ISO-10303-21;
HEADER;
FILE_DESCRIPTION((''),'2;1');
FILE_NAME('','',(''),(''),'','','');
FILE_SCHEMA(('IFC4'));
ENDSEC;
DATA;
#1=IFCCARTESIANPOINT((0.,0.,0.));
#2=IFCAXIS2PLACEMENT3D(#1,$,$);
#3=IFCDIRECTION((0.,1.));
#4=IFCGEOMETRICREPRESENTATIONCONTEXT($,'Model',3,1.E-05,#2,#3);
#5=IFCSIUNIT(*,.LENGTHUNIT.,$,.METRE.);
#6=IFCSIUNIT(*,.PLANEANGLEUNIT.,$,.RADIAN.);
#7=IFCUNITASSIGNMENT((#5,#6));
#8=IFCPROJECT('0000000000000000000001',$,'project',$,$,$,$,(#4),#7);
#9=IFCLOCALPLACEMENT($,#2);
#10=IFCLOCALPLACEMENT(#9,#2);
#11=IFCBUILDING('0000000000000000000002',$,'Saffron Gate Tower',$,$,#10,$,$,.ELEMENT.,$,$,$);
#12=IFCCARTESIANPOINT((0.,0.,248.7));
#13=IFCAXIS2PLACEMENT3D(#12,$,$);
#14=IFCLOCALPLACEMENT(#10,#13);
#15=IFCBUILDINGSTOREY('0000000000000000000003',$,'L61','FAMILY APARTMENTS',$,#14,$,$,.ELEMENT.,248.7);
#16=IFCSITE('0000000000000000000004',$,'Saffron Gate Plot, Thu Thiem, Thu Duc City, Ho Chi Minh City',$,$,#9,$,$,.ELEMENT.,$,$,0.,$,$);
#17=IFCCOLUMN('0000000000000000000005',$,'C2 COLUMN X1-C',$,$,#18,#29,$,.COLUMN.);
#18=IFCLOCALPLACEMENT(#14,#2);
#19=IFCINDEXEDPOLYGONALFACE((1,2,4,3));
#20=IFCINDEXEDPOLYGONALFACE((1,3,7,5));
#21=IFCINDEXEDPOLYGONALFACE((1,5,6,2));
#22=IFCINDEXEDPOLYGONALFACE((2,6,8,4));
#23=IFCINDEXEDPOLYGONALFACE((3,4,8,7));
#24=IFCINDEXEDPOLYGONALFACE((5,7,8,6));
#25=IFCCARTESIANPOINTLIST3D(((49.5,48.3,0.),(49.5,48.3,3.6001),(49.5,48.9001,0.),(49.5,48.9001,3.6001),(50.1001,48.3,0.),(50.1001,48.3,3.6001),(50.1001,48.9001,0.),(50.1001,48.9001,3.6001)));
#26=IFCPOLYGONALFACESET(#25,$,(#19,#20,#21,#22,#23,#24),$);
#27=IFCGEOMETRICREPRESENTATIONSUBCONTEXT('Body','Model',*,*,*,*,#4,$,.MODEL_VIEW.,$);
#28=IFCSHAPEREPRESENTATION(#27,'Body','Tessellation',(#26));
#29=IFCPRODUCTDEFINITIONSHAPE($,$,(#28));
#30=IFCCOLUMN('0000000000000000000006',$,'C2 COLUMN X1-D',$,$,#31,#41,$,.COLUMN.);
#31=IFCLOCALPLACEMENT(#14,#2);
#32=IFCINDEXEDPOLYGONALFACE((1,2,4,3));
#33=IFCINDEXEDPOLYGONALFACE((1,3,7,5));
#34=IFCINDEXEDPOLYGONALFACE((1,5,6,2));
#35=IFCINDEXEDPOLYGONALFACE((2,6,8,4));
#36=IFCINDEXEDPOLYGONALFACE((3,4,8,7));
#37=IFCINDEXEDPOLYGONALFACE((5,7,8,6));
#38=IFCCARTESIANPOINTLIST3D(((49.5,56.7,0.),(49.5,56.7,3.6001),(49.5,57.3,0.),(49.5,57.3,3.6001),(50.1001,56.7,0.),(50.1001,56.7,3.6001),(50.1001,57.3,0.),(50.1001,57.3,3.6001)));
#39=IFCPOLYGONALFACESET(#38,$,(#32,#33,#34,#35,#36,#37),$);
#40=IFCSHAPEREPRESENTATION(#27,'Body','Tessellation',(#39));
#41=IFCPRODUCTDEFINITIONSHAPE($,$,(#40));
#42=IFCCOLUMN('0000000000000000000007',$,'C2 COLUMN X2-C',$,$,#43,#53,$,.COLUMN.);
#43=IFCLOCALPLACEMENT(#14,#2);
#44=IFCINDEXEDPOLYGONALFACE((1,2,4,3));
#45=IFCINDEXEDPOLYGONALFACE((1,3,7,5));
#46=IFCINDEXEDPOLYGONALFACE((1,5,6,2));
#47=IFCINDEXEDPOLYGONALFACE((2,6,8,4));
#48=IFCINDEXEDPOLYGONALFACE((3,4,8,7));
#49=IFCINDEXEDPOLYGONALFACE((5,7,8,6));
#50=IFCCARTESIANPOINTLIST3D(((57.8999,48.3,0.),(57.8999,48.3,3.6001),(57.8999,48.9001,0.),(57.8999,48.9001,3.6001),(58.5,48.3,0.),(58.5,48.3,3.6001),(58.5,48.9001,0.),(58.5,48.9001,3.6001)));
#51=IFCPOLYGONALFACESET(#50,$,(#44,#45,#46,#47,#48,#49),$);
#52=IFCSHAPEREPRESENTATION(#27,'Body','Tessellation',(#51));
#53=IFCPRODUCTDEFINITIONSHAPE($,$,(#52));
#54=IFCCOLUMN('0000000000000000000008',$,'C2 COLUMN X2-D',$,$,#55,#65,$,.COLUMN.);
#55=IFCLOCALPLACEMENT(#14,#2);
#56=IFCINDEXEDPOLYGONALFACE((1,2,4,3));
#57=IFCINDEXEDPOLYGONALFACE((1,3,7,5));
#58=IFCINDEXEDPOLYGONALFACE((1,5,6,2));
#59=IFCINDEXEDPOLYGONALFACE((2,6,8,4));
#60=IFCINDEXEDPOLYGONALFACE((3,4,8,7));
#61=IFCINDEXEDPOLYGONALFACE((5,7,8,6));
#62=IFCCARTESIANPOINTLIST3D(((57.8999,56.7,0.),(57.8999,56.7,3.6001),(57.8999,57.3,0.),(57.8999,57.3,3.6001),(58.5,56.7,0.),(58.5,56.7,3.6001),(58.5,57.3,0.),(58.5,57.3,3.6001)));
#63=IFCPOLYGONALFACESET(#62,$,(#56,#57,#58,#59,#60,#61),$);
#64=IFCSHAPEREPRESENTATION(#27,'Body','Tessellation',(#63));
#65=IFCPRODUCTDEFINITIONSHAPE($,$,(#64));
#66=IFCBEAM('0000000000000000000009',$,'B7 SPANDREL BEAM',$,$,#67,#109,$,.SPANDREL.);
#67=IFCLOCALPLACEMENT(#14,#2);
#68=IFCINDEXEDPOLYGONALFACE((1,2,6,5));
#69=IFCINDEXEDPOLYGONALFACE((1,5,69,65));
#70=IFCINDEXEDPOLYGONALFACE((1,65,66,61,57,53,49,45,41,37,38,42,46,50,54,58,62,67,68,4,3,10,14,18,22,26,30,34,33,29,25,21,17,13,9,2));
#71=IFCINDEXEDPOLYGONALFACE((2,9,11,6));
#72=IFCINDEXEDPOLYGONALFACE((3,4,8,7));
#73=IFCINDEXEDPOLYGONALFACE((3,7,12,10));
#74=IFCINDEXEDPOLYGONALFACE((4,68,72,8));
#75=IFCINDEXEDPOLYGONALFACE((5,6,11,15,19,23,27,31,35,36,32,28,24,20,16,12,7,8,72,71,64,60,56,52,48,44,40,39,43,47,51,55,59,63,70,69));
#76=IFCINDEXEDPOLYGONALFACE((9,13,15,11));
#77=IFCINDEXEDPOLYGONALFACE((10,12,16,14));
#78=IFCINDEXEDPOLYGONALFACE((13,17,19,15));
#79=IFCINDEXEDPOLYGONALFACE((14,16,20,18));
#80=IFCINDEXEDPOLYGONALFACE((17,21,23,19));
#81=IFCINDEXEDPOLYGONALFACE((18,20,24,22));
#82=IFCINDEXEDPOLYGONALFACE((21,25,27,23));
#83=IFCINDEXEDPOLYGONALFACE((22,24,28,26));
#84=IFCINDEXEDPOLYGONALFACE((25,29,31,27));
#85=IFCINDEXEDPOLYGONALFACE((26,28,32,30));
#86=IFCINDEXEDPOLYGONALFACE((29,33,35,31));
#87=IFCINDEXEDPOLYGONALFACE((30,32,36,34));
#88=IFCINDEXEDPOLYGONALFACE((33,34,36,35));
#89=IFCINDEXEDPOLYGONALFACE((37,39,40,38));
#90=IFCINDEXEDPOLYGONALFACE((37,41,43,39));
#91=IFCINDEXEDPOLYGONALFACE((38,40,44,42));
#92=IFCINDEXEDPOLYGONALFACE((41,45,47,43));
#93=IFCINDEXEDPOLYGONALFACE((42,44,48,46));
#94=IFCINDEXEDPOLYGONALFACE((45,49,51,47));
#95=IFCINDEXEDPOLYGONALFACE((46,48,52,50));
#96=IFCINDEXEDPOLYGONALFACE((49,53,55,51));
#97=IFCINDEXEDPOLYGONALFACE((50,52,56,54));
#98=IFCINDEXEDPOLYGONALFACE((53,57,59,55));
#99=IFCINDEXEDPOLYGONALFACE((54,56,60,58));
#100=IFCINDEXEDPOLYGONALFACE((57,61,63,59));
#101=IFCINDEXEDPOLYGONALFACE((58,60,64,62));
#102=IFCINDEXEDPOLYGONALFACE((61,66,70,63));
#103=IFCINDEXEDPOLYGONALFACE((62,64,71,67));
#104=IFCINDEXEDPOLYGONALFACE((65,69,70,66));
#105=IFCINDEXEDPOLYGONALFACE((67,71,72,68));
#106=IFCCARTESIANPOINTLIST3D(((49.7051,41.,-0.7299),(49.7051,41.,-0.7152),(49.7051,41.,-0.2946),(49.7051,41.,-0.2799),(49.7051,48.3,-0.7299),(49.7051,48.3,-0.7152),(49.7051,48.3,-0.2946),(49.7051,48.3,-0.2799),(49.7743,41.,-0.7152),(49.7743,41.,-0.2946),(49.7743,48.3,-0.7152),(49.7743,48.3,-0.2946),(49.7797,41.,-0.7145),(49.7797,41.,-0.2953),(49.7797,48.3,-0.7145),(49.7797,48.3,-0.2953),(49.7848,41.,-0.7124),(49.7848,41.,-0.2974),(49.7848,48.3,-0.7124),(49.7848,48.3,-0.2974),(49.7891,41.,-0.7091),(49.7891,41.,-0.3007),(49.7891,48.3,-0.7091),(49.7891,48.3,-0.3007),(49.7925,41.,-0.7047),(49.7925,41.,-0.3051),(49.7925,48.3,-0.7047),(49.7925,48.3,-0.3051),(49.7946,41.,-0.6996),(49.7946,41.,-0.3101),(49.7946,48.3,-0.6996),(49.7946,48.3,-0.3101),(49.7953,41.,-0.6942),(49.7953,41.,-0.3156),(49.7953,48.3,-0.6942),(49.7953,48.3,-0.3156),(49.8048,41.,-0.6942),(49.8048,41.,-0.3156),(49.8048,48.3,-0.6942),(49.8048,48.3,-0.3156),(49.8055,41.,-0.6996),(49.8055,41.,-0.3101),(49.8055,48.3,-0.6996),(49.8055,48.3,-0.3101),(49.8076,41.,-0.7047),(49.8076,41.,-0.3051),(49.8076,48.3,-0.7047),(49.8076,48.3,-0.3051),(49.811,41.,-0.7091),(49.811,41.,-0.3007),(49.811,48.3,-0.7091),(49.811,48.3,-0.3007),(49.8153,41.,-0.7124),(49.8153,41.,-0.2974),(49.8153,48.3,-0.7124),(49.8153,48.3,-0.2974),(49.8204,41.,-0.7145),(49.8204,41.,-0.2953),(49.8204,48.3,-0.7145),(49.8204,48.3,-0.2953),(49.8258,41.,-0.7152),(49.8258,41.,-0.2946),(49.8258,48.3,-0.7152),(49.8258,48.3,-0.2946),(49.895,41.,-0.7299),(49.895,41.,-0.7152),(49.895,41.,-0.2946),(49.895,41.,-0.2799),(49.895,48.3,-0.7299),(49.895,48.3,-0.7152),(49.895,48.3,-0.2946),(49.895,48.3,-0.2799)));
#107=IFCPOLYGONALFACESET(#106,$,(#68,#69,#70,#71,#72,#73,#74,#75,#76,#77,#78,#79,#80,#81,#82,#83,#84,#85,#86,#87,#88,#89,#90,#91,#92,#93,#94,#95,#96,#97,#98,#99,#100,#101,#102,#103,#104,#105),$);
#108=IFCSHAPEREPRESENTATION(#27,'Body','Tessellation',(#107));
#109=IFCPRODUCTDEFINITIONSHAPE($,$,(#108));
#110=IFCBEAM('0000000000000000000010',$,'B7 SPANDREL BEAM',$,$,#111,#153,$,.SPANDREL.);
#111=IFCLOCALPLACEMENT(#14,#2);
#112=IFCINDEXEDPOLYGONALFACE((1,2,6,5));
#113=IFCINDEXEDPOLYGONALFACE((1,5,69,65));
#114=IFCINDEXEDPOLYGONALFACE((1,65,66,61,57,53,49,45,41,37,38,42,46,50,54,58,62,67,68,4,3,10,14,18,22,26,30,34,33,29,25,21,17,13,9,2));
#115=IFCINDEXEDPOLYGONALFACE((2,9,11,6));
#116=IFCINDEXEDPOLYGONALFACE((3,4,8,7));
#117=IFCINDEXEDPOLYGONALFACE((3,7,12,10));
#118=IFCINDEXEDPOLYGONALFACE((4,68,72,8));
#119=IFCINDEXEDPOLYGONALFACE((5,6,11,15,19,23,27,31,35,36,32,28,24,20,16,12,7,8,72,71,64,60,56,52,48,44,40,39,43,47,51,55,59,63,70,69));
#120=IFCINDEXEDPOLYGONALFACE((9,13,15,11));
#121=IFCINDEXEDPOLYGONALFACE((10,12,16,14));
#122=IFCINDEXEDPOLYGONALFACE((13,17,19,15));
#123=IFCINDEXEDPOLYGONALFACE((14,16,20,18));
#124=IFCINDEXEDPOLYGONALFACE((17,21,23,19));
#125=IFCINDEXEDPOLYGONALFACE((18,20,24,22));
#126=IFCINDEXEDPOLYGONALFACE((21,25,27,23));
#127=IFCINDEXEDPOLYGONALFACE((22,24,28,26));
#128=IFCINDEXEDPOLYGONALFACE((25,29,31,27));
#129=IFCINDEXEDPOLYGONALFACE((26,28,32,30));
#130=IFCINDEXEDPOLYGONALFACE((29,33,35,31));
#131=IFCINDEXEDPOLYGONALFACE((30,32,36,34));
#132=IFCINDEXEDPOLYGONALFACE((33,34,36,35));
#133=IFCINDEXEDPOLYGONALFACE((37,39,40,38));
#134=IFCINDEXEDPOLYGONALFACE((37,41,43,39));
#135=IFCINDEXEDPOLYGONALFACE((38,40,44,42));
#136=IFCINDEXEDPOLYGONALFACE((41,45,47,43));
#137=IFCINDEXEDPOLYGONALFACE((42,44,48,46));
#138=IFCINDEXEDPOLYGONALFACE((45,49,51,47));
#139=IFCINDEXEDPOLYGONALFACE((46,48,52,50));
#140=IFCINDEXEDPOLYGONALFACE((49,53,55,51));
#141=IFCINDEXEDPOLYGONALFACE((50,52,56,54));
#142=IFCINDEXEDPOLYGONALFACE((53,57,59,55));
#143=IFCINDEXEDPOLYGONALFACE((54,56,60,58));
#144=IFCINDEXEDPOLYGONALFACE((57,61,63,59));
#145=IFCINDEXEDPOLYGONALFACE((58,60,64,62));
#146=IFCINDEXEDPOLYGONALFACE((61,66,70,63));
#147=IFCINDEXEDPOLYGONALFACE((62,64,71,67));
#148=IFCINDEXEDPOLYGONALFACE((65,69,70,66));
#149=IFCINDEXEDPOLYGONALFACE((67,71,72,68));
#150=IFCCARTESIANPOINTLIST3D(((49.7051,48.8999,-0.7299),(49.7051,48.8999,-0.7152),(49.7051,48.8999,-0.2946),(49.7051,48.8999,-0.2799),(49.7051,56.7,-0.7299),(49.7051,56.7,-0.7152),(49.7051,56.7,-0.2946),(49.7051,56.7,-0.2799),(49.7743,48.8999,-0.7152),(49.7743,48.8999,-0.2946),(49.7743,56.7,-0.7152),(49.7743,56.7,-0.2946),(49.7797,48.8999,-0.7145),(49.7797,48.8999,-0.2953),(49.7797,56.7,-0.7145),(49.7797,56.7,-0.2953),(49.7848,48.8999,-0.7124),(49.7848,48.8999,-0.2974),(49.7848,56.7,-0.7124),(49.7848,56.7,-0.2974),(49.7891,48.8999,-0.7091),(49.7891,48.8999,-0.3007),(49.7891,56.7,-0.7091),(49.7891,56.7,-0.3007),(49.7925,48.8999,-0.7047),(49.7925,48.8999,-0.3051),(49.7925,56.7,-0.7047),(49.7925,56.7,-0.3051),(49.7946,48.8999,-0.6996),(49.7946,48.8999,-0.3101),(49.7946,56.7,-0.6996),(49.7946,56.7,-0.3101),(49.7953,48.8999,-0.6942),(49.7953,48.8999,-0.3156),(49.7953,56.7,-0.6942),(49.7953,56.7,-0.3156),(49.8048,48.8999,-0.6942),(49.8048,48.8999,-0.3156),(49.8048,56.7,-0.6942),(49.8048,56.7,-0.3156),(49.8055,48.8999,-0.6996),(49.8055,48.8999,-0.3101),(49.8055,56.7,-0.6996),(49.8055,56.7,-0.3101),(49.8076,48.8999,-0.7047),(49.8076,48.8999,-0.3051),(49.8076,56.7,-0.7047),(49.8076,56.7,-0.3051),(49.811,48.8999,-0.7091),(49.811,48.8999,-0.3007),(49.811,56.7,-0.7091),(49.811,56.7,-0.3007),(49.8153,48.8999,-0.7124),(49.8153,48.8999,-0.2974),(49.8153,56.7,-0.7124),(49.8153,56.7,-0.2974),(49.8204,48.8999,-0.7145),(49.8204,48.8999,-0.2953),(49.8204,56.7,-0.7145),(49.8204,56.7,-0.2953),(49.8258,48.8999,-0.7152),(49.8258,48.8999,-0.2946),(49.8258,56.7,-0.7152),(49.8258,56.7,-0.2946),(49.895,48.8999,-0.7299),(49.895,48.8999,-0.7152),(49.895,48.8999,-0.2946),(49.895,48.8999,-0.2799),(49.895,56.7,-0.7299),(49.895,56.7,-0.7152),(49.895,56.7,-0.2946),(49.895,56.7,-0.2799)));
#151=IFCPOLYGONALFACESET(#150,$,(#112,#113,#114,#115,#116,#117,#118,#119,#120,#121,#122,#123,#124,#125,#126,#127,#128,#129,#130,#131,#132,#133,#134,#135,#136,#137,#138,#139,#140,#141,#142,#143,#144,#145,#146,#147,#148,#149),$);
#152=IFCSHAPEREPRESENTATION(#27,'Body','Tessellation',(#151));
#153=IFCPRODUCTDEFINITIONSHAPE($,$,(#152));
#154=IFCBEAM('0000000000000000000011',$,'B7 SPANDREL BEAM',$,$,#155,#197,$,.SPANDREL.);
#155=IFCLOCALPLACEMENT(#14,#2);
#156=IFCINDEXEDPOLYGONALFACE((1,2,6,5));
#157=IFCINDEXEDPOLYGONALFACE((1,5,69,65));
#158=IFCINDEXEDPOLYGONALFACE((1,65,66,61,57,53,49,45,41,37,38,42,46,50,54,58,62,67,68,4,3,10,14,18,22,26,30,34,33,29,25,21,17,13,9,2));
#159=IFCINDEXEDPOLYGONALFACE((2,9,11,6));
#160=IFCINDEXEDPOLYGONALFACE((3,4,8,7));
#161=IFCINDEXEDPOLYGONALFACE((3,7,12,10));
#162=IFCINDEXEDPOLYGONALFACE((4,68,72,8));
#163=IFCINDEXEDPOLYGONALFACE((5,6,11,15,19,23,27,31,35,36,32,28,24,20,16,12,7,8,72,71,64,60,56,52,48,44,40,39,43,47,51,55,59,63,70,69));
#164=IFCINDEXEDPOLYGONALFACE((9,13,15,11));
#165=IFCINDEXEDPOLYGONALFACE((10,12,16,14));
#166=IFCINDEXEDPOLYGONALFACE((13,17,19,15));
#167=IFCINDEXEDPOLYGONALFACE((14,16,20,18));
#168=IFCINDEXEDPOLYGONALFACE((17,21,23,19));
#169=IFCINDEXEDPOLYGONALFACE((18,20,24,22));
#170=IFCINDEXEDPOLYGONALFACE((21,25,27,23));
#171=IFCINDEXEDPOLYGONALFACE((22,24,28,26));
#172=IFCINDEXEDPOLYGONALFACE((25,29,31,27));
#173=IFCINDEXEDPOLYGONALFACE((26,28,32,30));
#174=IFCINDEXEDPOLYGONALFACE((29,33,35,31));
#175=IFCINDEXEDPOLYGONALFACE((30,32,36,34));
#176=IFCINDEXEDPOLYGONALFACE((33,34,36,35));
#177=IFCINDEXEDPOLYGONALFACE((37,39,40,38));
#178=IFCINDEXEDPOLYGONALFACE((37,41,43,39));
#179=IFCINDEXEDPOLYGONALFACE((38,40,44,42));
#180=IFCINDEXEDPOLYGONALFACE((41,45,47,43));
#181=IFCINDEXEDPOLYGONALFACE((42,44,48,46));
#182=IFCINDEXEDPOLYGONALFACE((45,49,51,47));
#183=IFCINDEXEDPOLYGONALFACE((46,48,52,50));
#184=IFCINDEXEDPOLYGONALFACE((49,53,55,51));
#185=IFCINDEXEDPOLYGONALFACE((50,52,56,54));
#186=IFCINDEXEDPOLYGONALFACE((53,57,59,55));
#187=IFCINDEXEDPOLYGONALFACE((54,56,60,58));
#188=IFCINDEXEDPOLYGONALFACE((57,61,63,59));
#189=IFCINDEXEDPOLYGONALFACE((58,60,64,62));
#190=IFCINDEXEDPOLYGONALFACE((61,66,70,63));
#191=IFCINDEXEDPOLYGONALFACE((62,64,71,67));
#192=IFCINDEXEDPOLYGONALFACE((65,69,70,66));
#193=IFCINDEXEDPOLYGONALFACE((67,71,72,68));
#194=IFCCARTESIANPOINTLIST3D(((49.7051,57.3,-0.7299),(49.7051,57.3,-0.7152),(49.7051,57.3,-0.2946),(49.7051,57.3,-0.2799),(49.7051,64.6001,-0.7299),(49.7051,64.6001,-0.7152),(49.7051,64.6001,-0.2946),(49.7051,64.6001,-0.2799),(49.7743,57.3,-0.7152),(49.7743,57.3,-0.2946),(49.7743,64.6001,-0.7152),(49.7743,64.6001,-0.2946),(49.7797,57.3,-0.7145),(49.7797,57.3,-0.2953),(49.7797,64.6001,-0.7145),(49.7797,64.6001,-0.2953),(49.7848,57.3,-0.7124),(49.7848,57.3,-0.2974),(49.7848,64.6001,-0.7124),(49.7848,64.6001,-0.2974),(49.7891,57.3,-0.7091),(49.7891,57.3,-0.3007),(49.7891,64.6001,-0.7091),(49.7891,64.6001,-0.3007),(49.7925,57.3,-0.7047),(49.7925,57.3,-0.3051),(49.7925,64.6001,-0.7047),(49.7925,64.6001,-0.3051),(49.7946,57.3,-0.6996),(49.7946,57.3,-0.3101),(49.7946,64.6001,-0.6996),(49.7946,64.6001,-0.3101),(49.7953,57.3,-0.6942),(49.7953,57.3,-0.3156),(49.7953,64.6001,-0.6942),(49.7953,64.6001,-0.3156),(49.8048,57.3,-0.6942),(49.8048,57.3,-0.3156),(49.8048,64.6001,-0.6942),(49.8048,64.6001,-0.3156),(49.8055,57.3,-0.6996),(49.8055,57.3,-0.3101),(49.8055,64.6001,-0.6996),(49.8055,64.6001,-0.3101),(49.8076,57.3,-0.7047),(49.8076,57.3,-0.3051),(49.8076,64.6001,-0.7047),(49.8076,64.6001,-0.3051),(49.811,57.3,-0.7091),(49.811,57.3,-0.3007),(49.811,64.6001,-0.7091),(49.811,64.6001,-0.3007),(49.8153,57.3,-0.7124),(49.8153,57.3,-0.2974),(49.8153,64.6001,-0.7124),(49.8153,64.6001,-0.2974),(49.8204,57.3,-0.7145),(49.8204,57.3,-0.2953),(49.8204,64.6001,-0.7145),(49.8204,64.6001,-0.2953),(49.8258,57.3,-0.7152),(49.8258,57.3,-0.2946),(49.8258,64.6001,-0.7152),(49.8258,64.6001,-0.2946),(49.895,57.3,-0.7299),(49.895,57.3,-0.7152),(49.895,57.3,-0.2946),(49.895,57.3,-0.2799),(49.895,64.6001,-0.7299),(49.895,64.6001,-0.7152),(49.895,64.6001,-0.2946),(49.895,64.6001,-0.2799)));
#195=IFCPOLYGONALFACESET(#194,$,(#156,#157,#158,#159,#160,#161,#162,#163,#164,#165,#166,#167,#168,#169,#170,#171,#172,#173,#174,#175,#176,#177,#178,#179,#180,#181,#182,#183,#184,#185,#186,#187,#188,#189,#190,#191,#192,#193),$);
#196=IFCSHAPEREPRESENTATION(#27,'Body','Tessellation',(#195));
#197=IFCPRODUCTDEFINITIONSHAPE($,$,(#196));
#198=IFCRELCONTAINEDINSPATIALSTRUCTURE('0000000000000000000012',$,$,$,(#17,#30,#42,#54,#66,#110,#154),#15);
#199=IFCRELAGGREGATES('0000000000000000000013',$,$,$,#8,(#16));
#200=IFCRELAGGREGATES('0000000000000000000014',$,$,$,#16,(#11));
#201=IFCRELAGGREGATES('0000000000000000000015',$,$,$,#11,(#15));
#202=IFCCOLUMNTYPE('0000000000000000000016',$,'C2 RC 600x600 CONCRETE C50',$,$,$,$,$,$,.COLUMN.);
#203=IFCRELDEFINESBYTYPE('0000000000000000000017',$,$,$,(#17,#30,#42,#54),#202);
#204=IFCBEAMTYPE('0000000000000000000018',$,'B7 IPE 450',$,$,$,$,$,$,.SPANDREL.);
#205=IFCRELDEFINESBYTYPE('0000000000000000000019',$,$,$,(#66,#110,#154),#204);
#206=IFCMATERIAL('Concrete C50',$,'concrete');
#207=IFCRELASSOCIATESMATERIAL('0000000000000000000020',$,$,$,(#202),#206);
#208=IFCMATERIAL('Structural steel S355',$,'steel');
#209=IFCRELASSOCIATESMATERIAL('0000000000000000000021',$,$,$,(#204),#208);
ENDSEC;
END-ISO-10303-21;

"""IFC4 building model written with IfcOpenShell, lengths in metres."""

from ifc_helpers import new_model, si_unit, direction, frame, origin, origin_2d, place, context, subcontext, project, spatial, rectangle, i_section, extrude, material, material_profile, profile_set, type_object, element, save


model = new_model("IFC4")

# Units and contexts
model_context = context("Model", 3, precision=1e-05, world=origin(), true_north=direction((0.0, 1.0)))
body_context = subcontext(model_context, "Body", "Model", "MODEL_VIEW")
ifc_project = project(units=[si_unit("LENGTHUNIT", "METRE"), si_unit("PLANEANGLEUNIT", "RADIAN")], contexts=[model_context])

# Site, building, storey
site_placement = place(None, origin())
site = spatial("IfcSite", under=ifc_project, at=site_placement, Name="Saffron Gate Plot, Thu Thiem, Thu Duc City, Ho Chi Minh City", CompositionType="ELEMENT", RefElevation=0.0)
building_placement = place(site_placement, origin())
building = spatial("IfcBuilding", under=site, at=building_placement, Name="Saffron Gate Tower", CompositionType="ELEMENT")
storey_placement = place(building_placement, frame((0.0, 0.0, 248.7)))
storey = spatial("IfcBuildingStorey", under=building, at=storey_placement, Name="L61", Description="FAMILY APARTMENTS", CompositionType="ELEMENT", Elevation=248.7)

# Columns
ifc_material_1 = material(Name="Concrete C50", Category="concrete")
ifc_material_profile_1 = material_profile(ifc_material_1, rectangle(XDim=0.6001, YDim=0.6001, at=origin_2d()))
ifc_profile_set_1 = profile_set([ifc_material_profile_1], Name="Concrete C50")
column_type = type_object("IfcColumnType", Name="C2 RC 600x600 CONCRETE C50", PredefinedType="COLUMN", material=ifc_profile_set_1)
for number, where, z_axis, x_axis, name in (
    (1, (49.8, 48.6001, 0.0), (0.0, 0.0, 1.0), (1.0, 0.0, 0.0), "C2 COLUMN X1-C"),
    (2, (49.8, 57.0, 0.0), (0.0, 0.0, 1.0), (1.0, 0.0, 0.0), "C2 COLUMN X1-D"),
    (3, (58.2, 48.6001, 0.0), (0.0, 0.0, 1.0), (1.0, 0.0, 0.0), "C2 COLUMN X2-C"),
    (4, (58.2, 57.0, 0.0), (0.0, 0.0, 1.0), (1.0, 0.0, 0.0), "C2 COLUMN X2-D"),
):
    element("IfcColumn", number, at=place(storey_placement, frame(where, z_axis=z_axis, x_axis=x_axis)), inside=storey, type_object=column_type, Name=name, PredefinedType="COLUMN", context=body_context, shape_type="SweptSolid", body=[
        extrude(rectangle(XDim=0.6001, YDim=0.6001, at=origin_2d()), origin(), (0.0, 0.0, 1.0), 3.6001),
    ])

# Beams
ifc_material_2 = material(Name="Structural steel S355", Category="steel")
ifc_material_profile_2 = material_profile(ifc_material_2, i_section(OverallWidth=0.1899, OverallDepth=0.45, WebThickness=0.0095, FlangeThickness=0.0146, FilletRadius=0.021, at=origin_2d()))
ifc_profile_set_2 = profile_set([ifc_material_profile_2], Name="Structural steel S355")
beam_type = type_object("IfcBeamType", Name="B7 IPE 450", PredefinedType="SPANDREL", material=ifc_profile_set_2)
beam_1_placement = place(storey_placement, frame((49.8, 41.0, -0.5049), z_axis=(0.0, 1.0, 0.0), x_axis=(-1.0, 0.0, 0.0)))
element("IfcBeam", 5, at=beam_1_placement, inside=storey, type_object=beam_type, Name="B7 SPANDREL BEAM", PredefinedType="SPANDREL", context=body_context, shape_type="SweptSolid", body=[
    extrude(i_section(OverallWidth=0.1899, OverallDepth=0.45, WebThickness=0.0095, FlangeThickness=0.0146, FilletRadius=0.021, at=origin_2d()), origin(), (0.0, 0.0, 1.0), 7.3),
])
beam_2_placement = place(storey_placement, frame((49.8, 48.8999, -0.5049), z_axis=(0.0, 1.0, 0.0), x_axis=(-1.0, 0.0, 0.0)))
element("IfcBeam", 6, at=beam_2_placement, inside=storey, type_object=beam_type, Name="B7 SPANDREL BEAM", PredefinedType="SPANDREL", context=body_context, shape_type="SweptSolid", body=[
    extrude(i_section(OverallWidth=0.1899, OverallDepth=0.45, WebThickness=0.0095, FlangeThickness=0.0146, FilletRadius=0.021, at=origin_2d()), origin(), (0.0, 0.0, 1.0), 7.8),
])
beam_3_placement = place(storey_placement, frame((49.8, 57.3, -0.5049), z_axis=(0.0, 1.0, 0.0), x_axis=(-1.0, 0.0, 0.0)))
element("IfcBeam", 7, at=beam_3_placement, inside=storey, type_object=beam_type, Name="B7 SPANDREL BEAM", PredefinedType="SPANDREL", context=body_context, shape_type="SweptSolid", body=[
    extrude(i_section(OverallWidth=0.1899, OverallDepth=0.45, WebThickness=0.0095, FlangeThickness=0.0146, FilletRadius=0.021, at=origin_2d()), origin(), (0.0, 0.0, 1.0), 7.3),
])

save(model, "model.ifc")
